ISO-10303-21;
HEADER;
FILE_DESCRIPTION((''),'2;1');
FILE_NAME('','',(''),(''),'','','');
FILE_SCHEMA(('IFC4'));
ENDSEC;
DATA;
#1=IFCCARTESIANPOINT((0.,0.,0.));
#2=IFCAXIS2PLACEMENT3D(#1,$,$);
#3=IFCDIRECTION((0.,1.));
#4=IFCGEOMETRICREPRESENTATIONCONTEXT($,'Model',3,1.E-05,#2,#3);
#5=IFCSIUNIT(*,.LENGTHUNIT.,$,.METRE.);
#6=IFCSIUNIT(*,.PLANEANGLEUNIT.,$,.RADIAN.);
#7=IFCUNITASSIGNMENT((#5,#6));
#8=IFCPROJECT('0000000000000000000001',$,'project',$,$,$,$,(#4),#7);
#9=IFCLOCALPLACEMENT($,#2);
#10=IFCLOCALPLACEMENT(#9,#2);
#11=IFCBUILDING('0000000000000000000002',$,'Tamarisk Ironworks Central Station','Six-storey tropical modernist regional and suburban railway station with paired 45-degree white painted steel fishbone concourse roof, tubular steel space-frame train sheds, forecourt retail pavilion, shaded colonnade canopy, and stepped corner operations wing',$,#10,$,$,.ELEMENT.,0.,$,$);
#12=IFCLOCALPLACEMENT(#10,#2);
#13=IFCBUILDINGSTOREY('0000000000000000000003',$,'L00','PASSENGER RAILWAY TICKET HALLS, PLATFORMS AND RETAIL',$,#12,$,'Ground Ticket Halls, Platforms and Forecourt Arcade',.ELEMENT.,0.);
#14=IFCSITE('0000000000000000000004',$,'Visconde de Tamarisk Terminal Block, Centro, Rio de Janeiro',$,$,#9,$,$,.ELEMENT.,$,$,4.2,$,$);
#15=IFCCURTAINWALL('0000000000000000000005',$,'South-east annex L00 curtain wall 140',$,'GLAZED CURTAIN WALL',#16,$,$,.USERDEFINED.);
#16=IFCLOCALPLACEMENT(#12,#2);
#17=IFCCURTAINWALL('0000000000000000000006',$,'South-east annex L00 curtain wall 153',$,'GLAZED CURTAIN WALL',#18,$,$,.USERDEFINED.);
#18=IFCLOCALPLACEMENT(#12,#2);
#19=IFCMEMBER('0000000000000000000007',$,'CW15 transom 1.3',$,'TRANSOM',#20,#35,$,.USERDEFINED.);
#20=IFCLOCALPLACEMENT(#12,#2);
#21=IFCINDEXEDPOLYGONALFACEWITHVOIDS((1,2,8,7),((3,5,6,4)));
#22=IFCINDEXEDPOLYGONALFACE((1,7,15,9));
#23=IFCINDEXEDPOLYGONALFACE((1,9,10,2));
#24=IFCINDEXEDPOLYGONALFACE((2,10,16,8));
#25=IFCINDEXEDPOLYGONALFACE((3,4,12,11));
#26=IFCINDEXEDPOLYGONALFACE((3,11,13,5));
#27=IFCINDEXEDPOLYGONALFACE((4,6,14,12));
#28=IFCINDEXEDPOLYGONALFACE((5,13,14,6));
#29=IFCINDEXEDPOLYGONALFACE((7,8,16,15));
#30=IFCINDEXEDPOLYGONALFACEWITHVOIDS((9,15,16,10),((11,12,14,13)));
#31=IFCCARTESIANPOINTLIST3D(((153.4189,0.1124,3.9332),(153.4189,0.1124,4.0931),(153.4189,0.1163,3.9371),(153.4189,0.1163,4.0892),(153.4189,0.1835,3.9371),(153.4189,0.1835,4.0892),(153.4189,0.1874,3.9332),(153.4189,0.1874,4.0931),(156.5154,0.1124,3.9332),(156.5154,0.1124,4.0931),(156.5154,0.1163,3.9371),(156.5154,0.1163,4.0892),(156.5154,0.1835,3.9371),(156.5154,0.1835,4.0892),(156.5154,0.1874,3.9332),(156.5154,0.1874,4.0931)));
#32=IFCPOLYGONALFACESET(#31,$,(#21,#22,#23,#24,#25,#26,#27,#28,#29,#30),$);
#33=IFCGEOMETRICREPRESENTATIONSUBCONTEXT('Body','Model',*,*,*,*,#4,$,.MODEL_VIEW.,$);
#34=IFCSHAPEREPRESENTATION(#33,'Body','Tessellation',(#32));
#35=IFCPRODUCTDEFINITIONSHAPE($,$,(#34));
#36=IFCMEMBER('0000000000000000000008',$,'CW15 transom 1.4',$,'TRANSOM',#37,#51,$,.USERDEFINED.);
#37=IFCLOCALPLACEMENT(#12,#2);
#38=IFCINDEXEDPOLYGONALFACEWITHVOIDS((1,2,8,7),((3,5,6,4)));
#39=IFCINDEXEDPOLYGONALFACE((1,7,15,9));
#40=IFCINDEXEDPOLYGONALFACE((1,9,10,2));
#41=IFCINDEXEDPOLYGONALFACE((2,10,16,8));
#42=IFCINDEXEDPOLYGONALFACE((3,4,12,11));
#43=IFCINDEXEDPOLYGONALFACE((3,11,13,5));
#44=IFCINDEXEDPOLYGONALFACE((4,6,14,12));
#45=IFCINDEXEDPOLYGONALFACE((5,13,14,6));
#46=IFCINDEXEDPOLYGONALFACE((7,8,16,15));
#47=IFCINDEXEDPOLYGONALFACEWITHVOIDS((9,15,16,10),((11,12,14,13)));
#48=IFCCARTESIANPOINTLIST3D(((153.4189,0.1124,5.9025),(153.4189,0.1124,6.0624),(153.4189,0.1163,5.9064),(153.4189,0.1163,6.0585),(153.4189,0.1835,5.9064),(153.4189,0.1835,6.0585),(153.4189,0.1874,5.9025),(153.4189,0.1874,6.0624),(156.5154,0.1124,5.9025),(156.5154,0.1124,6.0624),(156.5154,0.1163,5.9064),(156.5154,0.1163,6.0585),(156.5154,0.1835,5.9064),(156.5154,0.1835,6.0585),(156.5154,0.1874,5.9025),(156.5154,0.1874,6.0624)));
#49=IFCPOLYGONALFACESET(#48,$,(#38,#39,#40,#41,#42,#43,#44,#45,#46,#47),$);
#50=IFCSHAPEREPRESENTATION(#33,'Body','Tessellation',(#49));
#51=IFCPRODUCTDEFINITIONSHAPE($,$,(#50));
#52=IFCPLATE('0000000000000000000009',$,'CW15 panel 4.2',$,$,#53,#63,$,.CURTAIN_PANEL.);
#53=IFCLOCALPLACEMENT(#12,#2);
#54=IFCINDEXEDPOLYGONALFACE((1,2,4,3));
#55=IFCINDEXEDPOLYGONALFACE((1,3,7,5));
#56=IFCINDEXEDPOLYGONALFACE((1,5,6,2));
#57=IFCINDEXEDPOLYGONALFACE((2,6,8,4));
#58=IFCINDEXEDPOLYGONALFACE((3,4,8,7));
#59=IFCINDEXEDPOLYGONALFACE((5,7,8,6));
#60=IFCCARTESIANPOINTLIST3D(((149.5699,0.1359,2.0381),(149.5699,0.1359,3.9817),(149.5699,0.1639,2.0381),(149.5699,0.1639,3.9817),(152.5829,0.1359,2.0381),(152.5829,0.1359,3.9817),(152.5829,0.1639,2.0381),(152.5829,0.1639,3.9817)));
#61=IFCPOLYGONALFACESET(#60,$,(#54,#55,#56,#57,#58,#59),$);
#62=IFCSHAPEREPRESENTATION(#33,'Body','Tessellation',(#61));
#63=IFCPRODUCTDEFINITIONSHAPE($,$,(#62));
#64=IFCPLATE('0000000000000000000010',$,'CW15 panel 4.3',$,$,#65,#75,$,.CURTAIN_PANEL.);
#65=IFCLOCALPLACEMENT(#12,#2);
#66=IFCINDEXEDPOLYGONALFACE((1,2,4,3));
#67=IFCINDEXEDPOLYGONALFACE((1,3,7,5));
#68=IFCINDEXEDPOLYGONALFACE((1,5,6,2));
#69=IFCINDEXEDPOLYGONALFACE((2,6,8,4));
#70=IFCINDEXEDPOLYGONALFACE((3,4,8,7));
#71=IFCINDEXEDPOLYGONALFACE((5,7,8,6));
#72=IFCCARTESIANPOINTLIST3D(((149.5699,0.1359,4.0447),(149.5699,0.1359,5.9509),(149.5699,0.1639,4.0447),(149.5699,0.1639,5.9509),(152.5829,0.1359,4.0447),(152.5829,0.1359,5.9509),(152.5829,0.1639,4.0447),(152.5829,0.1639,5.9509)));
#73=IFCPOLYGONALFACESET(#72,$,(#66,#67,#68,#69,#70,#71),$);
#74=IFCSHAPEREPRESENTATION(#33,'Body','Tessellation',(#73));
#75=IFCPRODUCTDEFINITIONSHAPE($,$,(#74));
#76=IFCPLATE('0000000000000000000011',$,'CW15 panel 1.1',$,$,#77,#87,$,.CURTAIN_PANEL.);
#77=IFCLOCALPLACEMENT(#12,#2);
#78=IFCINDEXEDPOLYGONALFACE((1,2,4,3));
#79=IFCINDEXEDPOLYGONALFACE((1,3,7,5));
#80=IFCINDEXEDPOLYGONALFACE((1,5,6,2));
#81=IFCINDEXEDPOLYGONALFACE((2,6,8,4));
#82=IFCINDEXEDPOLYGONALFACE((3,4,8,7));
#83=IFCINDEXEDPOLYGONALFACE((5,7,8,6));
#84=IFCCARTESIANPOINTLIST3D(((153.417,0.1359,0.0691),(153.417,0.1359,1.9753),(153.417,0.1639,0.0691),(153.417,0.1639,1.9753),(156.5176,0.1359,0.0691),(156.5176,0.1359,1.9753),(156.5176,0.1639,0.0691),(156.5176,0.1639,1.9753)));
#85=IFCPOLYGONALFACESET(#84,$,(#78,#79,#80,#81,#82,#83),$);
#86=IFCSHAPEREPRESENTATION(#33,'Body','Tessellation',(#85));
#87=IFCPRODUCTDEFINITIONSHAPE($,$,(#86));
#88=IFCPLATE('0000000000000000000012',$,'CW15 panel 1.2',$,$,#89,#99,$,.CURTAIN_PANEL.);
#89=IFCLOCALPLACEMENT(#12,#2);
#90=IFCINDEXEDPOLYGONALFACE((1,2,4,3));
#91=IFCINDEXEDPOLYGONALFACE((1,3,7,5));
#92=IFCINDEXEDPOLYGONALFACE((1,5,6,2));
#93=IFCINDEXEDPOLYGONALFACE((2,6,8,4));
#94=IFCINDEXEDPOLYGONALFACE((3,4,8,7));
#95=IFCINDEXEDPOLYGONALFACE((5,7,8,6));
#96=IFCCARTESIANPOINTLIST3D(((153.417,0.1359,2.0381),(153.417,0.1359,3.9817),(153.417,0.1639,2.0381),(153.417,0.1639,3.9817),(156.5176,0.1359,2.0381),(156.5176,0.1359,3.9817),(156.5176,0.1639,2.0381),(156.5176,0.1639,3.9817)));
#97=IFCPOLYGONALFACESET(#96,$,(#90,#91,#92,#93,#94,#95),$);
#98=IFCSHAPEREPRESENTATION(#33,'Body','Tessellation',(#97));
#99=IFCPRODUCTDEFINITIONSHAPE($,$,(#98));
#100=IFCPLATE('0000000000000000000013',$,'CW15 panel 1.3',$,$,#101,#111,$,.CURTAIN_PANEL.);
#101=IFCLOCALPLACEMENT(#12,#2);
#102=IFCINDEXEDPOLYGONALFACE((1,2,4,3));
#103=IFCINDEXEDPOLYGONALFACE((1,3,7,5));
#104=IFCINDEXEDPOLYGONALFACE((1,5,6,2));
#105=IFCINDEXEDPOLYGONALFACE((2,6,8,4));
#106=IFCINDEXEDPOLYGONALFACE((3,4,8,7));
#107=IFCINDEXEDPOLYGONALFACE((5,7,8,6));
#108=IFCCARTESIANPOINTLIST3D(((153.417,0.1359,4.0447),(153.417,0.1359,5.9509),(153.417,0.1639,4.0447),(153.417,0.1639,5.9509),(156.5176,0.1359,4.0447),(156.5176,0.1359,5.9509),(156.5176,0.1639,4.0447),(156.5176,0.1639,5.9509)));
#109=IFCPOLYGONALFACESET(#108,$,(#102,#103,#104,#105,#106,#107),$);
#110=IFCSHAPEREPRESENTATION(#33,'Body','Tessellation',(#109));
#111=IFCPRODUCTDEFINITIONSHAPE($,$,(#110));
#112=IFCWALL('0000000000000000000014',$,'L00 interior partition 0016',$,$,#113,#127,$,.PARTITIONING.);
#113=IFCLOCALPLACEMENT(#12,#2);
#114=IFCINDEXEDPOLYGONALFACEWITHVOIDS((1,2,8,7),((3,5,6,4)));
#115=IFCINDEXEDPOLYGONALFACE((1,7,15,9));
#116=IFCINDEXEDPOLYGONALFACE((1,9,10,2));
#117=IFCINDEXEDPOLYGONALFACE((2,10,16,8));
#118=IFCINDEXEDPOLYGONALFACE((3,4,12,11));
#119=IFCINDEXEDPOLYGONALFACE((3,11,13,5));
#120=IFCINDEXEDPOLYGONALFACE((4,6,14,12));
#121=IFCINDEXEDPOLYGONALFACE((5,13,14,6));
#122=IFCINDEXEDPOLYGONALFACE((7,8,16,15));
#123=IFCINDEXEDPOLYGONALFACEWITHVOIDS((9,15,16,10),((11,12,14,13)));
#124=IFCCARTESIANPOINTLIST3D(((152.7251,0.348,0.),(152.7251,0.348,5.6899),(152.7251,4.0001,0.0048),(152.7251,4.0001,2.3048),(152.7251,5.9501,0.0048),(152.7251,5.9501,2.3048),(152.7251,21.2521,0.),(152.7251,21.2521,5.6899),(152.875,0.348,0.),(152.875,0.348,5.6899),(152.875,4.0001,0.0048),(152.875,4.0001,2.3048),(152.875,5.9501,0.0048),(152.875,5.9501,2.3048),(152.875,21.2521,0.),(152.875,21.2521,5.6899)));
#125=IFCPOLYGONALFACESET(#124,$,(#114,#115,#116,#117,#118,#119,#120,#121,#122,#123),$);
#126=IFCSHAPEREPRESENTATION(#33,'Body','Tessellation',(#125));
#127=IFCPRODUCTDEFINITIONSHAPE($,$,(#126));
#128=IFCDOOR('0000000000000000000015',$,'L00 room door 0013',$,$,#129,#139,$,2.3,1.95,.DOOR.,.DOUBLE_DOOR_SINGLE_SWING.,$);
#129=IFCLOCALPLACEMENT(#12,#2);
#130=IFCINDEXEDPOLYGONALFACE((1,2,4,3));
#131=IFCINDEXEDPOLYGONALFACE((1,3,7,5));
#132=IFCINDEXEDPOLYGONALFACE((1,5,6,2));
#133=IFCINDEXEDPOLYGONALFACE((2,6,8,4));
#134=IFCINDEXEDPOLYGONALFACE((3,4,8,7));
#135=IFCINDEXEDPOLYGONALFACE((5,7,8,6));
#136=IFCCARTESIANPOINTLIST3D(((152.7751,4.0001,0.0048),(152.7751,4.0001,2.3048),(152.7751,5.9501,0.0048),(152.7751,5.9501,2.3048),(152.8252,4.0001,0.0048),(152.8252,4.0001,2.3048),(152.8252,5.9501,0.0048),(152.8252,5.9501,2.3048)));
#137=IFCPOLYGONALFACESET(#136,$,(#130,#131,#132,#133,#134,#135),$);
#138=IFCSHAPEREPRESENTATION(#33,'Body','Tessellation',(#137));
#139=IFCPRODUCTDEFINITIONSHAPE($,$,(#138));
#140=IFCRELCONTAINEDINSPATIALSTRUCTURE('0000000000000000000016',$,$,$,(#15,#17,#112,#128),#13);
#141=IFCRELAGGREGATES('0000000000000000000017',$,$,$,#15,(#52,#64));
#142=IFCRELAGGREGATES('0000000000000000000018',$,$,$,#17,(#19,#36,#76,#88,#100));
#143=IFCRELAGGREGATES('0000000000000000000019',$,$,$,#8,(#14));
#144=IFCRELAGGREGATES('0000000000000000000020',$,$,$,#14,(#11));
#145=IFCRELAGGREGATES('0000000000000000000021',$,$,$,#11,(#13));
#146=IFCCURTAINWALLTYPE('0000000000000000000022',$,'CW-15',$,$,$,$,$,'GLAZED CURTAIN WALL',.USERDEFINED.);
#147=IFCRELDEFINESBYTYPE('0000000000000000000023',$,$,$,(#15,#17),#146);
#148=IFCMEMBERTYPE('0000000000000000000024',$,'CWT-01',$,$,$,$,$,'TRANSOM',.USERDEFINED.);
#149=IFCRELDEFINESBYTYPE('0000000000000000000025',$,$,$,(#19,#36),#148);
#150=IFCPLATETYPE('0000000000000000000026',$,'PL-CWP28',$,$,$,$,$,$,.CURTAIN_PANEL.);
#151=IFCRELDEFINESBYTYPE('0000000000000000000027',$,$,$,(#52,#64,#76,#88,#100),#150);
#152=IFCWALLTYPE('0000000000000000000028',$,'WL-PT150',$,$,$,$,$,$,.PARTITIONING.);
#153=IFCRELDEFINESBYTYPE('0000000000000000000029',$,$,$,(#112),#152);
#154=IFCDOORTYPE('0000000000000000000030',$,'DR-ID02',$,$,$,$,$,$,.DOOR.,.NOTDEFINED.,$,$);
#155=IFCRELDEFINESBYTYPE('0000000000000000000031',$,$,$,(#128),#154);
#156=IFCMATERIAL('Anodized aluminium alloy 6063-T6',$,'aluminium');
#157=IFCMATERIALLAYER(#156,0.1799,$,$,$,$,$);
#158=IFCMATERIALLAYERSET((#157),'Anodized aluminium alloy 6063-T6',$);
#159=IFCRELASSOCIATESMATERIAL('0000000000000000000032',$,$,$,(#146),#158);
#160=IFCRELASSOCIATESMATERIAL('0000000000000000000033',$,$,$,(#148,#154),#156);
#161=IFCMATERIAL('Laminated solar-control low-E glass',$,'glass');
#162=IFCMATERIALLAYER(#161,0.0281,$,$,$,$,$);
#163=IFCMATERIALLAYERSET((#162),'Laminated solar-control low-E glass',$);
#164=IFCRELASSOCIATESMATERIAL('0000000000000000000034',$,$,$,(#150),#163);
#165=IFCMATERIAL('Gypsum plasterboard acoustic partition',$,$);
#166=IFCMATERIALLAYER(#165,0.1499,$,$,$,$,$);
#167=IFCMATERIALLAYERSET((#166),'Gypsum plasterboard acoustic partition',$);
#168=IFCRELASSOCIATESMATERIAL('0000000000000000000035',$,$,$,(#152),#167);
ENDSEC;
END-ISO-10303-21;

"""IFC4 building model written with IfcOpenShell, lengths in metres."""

from ifc_helpers import new_model, si_unit, direction, frame, frame_2d, origin, origin_2d, place, context, subcontext, project, spatial, rectangle, hollow_rectangle, extrude, material, layer, layer_set, material_profile, profile_set, type_object, element, fill, aggregate, save


model = new_model("IFC4")

# Units and contexts
model_context = context("Model", 3, precision=1e-05, world=origin(), true_north=direction((0.0, 1.0)))
body_context = subcontext(model_context, "Body", "Model", "MODEL_VIEW")
ifc_project = project(units=[si_unit("LENGTHUNIT", "METRE"), si_unit("PLANEANGLEUNIT", "RADIAN")], contexts=[model_context])

# Site, building, storey
site_placement = place(None, origin())
site = spatial("IfcSite", under=ifc_project, at=site_placement, Name="Visconde de Tamarisk Terminal Block, Centro, Rio de Janeiro", CompositionType="ELEMENT", RefElevation=4.2)
building_placement = place(site_placement, origin())
building = spatial("IfcBuilding", under=site, at=building_placement, Name="Tamarisk Ironworks Central Station", Description="Six-storey tropical modernist regional and suburban railway station with paired 45-degree white painted steel fishbone concourse roof, tubular steel space-frame train sheds, forecourt retail pavilion, shaded colonnade canopy, and stepped corner operations wing", CompositionType="ELEMENT", ElevationOfRefHeight=0.0)
storey_placement = place(building_placement, origin())
storey = spatial("IfcBuildingStorey", under=building, at=storey_placement, Name="L00", Description="PASSENGER RAILWAY TICKET HALLS, PLATFORMS AND RETAIL", LongName="Ground Ticket Halls, Platforms and Forecourt Arcade", CompositionType="ELEMENT", Elevation=0.0)

# Curtain wall
ifc_material_1 = material(Name="Anodized aluminium alloy 6063-T6", Category="aluminium")
ifc_layer_1 = layer(ifc_material_1, 0.1799)
ifc_layer_set_1 = layer_set([ifc_layer_1], Name="Anodized aluminium alloy 6063-T6")
curtain_wall_type = type_object("IfcCurtainWallType", Name="CW-15", ElementType="GLAZED CURTAIN WALL", PredefinedType="USERDEFINED", material=ifc_layer_set_1)
curtain_wall_1_placement = place(storey_placement, origin())
curtain_wall_1 = element("IfcCurtainWall", 1, at=curtain_wall_1_placement, inside=storey, type_object=curtain_wall_type, Name="South-east annex L00 curtain wall 140", ObjectType="GLAZED CURTAIN WALL", PredefinedType="USERDEFINED")

# Curtain wall, members
curtain_wall_2_placement = place(storey_placement, origin())
curtain_wall_2 = element("IfcCurtainWall", 2, at=curtain_wall_2_placement, inside=storey, type_object=curtain_wall_type, Name="South-east annex L00 curtain wall 153", ObjectType="GLAZED CURTAIN WALL", PredefinedType="USERDEFINED")
ifc_material_profile_1 = material_profile(ifc_material_1, hollow_rectangle(XDim=0.075, YDim=0.1599, WallThickness=0.0039, at=origin_2d()), Name="ALUM 160x75")
ifc_profile_set_1 = profile_set([ifc_material_profile_1], Name="Anodized aluminium alloy 6063-T6")
member_type_1 = type_object("IfcMemberType", Name="CWT-01", ElementType="TRANSOM", PredefinedType="USERDEFINED", material=ifc_profile_set_1)
member_1_placement = place(storey_placement, frame((153.4189, 0.1499, 4.0132), z_axis=(1.0, 0.0, 0.0), x_axis=(0.0, 1.0, 0.0)))
member_1 = element("IfcMember", 3, at=member_1_placement, type_object=member_type_1, Name="CW15 transom 1.3", ObjectType="TRANSOM", PredefinedType="USERDEFINED", context=body_context, shape_type="SweptSolid", body=[
    extrude(hollow_rectangle(XDim=0.075, YDim=0.1599, WallThickness=0.0039, at=origin_2d()), origin(), (0.0, 0.0, 1.0), 3.0964),
])
member_2_placement = place(storey_placement, frame((153.4189, 0.1499, 5.9824), z_axis=(1.0, 0.0, 0.0), x_axis=(0.0, 1.0, 0.0)))
member_2 = element("IfcMember", 4, at=member_2_placement, type_object=member_type_1, Name="CW15 transom 1.4", ObjectType="TRANSOM", PredefinedType="USERDEFINED", context=body_context, shape_type="SweptSolid", body=[
    extrude(hollow_rectangle(XDim=0.075, YDim=0.1599, WallThickness=0.0039, at=origin_2d()), origin(), (0.0, 0.0, 1.0), 3.0964),
])

# Plates
ifc_material_2 = material(Name="Laminated solar-control low-E glass", Category="glass")
ifc_layer_2 = layer(ifc_material_2, 0.0281)
ifc_layer_set_2 = layer_set([ifc_layer_2], Name="Laminated solar-control low-E glass")
plate_type = type_object("IfcPlateType", Name="PL-CWP28", PredefinedType="CURTAIN_PANEL", material=ifc_layer_set_2)
plate_1_placement = place(storey_placement, frame((151.0764, 0.1499, 2.0381), z_axis=(0.0, 0.0, 1.0), x_axis=(1.0, 0.0, 0.0)))
plate_1 = element("IfcPlate", 5, at=plate_1_placement, type_object=plate_type, Name="CW15 panel 4.2", PredefinedType="CURTAIN_PANEL", context=body_context, shape_type="SweptSolid", body=[
    extrude(rectangle(XDim=3.0129, YDim=0.0281, at=origin_2d()), origin(), (0.0, 0.0, 1.0), 1.9436),
])
plate_2_placement = place(storey_placement, frame((151.0764, 0.1499, 4.0447), z_axis=(0.0, 0.0, 1.0), x_axis=(1.0, 0.0, 0.0)))
plate_2 = element("IfcPlate", 6, at=plate_2_placement, type_object=plate_type, Name="CW15 panel 4.3", PredefinedType="CURTAIN_PANEL", context=body_context, shape_type="SweptSolid", body=[
    extrude(rectangle(XDim=3.0129, YDim=0.0281, at=origin_2d()), origin(), (0.0, 0.0, 1.0), 1.9062),
])
aggregate(curtain_wall_1, [plate_1, plate_2])
plate_3_placement = place(storey_placement, frame((154.9673, 0.1499, 0.0691), z_axis=(0.0, 0.0, 1.0), x_axis=(1.0, 0.0, 0.0)))
plate_3 = element("IfcPlate", 7, at=plate_3_placement, type_object=plate_type, Name="CW15 panel 1.1", PredefinedType="CURTAIN_PANEL", context=body_context, shape_type="SweptSolid", body=[
    extrude(rectangle(XDim=3.1006, YDim=0.0281, at=origin_2d()), origin(), (0.0, 0.0, 1.0), 1.9062),
])
plate_4_placement = place(storey_placement, frame((154.9673, 0.1499, 2.0381), z_axis=(0.0, 0.0, 1.0), x_axis=(1.0, 0.0, 0.0)))
plate_4 = element("IfcPlate", 8, at=plate_4_placement, type_object=plate_type, Name="CW15 panel 1.2", PredefinedType="CURTAIN_PANEL", context=body_context, shape_type="SweptSolid", body=[
    extrude(rectangle(XDim=3.1006, YDim=0.0281, at=origin_2d()), origin(), (0.0, 0.0, 1.0), 1.9436),
])
plate_5_placement = place(storey_placement, frame((154.9673, 0.1499, 4.0447), z_axis=(0.0, 0.0, 1.0), x_axis=(1.0, 0.0, 0.0)))
plate_5 = element("IfcPlate", 9, at=plate_5_placement, type_object=plate_type, Name="CW15 panel 1.3", PredefinedType="CURTAIN_PANEL", context=body_context, shape_type="SweptSolid", body=[
    extrude(rectangle(XDim=3.1006, YDim=0.0281, at=origin_2d()), origin(), (0.0, 0.0, 1.0), 1.9062),
])
aggregate(curtain_wall_2, [member_1, member_2, plate_3, plate_4, plate_5])

# Wall, opening, door
ifc_material_3 = material(Name="Gypsum plasterboard acoustic partition")
ifc_layer_3 = layer(ifc_material_3, 0.1499)
ifc_layer_set_3 = layer_set([ifc_layer_3], Name="Gypsum plasterboard acoustic partition")
wall_type = type_object("IfcWallType", Name="WL-PT150", PredefinedType="PARTITIONING", material=ifc_layer_set_3)
wall_placement = place(storey_placement, frame((152.8, 0.3479, 0.0), z_axis=(0.0, 0.0, 1.0), x_axis=(0.0, 1.0, 0.0)))
wall = element("IfcWall", 10, at=wall_placement, inside=storey, type_object=wall_type, Name="L00 interior partition 0016", PredefinedType="PARTITIONING", context=body_context, shape_type="SweptSolid", body=[
    extrude(rectangle(XDim=20.9041, YDim=0.1499, at=frame_2d((10.4521, 0.0))), origin(), (0.0, 0.0, 1.0), 5.6899),
])
opening_placement = place(wall_placement, frame((3.6521, 0.0, 0.0049)))
opening = element("IfcOpeningElement", 11, at=opening_placement, cuts=wall, PredefinedType="OPENING", context=body_context, shape_type="SweptSolid", body=[
    extrude(rectangle(XDim=1.95, YDim=2.3, at=frame_2d((0.9751, 1.1499))), frame((0.0, 0.0869, 0.0), z_axis=(0.0, -1.0, 0.0), x_axis=(1.0, 0.0, 0.0)), (0.0, 0.0, 1.0), 0.1738),
])
door_type = type_object("IfcDoorType", Name="DR-ID02", OperationType="NOTDEFINED", PredefinedType="DOOR", material=ifc_material_1)
door_placement = place(opening_placement, origin())
door = element("IfcDoor", 12, at=door_placement, inside=storey, type_object=door_type, Name="L00 room door 0013", OperationType="DOUBLE_DOOR_SINGLE_SWING", OverallHeight=2.3, OverallWidth=1.95, PredefinedType="DOOR", context=body_context, shape_type="SweptSolid", body=[
    extrude(rectangle(XDim=1.95, YDim=2.3, at=frame_2d((0.9751, 1.1499))), frame((0.0, 0.0249, 0.0), z_axis=(0.0, -1.0, 0.0), x_axis=(1.0, 0.0, 0.0)), (0.0, 0.0, 1.0), 0.05),
])
fill(opening, door)

save(model, "model.ifc")
